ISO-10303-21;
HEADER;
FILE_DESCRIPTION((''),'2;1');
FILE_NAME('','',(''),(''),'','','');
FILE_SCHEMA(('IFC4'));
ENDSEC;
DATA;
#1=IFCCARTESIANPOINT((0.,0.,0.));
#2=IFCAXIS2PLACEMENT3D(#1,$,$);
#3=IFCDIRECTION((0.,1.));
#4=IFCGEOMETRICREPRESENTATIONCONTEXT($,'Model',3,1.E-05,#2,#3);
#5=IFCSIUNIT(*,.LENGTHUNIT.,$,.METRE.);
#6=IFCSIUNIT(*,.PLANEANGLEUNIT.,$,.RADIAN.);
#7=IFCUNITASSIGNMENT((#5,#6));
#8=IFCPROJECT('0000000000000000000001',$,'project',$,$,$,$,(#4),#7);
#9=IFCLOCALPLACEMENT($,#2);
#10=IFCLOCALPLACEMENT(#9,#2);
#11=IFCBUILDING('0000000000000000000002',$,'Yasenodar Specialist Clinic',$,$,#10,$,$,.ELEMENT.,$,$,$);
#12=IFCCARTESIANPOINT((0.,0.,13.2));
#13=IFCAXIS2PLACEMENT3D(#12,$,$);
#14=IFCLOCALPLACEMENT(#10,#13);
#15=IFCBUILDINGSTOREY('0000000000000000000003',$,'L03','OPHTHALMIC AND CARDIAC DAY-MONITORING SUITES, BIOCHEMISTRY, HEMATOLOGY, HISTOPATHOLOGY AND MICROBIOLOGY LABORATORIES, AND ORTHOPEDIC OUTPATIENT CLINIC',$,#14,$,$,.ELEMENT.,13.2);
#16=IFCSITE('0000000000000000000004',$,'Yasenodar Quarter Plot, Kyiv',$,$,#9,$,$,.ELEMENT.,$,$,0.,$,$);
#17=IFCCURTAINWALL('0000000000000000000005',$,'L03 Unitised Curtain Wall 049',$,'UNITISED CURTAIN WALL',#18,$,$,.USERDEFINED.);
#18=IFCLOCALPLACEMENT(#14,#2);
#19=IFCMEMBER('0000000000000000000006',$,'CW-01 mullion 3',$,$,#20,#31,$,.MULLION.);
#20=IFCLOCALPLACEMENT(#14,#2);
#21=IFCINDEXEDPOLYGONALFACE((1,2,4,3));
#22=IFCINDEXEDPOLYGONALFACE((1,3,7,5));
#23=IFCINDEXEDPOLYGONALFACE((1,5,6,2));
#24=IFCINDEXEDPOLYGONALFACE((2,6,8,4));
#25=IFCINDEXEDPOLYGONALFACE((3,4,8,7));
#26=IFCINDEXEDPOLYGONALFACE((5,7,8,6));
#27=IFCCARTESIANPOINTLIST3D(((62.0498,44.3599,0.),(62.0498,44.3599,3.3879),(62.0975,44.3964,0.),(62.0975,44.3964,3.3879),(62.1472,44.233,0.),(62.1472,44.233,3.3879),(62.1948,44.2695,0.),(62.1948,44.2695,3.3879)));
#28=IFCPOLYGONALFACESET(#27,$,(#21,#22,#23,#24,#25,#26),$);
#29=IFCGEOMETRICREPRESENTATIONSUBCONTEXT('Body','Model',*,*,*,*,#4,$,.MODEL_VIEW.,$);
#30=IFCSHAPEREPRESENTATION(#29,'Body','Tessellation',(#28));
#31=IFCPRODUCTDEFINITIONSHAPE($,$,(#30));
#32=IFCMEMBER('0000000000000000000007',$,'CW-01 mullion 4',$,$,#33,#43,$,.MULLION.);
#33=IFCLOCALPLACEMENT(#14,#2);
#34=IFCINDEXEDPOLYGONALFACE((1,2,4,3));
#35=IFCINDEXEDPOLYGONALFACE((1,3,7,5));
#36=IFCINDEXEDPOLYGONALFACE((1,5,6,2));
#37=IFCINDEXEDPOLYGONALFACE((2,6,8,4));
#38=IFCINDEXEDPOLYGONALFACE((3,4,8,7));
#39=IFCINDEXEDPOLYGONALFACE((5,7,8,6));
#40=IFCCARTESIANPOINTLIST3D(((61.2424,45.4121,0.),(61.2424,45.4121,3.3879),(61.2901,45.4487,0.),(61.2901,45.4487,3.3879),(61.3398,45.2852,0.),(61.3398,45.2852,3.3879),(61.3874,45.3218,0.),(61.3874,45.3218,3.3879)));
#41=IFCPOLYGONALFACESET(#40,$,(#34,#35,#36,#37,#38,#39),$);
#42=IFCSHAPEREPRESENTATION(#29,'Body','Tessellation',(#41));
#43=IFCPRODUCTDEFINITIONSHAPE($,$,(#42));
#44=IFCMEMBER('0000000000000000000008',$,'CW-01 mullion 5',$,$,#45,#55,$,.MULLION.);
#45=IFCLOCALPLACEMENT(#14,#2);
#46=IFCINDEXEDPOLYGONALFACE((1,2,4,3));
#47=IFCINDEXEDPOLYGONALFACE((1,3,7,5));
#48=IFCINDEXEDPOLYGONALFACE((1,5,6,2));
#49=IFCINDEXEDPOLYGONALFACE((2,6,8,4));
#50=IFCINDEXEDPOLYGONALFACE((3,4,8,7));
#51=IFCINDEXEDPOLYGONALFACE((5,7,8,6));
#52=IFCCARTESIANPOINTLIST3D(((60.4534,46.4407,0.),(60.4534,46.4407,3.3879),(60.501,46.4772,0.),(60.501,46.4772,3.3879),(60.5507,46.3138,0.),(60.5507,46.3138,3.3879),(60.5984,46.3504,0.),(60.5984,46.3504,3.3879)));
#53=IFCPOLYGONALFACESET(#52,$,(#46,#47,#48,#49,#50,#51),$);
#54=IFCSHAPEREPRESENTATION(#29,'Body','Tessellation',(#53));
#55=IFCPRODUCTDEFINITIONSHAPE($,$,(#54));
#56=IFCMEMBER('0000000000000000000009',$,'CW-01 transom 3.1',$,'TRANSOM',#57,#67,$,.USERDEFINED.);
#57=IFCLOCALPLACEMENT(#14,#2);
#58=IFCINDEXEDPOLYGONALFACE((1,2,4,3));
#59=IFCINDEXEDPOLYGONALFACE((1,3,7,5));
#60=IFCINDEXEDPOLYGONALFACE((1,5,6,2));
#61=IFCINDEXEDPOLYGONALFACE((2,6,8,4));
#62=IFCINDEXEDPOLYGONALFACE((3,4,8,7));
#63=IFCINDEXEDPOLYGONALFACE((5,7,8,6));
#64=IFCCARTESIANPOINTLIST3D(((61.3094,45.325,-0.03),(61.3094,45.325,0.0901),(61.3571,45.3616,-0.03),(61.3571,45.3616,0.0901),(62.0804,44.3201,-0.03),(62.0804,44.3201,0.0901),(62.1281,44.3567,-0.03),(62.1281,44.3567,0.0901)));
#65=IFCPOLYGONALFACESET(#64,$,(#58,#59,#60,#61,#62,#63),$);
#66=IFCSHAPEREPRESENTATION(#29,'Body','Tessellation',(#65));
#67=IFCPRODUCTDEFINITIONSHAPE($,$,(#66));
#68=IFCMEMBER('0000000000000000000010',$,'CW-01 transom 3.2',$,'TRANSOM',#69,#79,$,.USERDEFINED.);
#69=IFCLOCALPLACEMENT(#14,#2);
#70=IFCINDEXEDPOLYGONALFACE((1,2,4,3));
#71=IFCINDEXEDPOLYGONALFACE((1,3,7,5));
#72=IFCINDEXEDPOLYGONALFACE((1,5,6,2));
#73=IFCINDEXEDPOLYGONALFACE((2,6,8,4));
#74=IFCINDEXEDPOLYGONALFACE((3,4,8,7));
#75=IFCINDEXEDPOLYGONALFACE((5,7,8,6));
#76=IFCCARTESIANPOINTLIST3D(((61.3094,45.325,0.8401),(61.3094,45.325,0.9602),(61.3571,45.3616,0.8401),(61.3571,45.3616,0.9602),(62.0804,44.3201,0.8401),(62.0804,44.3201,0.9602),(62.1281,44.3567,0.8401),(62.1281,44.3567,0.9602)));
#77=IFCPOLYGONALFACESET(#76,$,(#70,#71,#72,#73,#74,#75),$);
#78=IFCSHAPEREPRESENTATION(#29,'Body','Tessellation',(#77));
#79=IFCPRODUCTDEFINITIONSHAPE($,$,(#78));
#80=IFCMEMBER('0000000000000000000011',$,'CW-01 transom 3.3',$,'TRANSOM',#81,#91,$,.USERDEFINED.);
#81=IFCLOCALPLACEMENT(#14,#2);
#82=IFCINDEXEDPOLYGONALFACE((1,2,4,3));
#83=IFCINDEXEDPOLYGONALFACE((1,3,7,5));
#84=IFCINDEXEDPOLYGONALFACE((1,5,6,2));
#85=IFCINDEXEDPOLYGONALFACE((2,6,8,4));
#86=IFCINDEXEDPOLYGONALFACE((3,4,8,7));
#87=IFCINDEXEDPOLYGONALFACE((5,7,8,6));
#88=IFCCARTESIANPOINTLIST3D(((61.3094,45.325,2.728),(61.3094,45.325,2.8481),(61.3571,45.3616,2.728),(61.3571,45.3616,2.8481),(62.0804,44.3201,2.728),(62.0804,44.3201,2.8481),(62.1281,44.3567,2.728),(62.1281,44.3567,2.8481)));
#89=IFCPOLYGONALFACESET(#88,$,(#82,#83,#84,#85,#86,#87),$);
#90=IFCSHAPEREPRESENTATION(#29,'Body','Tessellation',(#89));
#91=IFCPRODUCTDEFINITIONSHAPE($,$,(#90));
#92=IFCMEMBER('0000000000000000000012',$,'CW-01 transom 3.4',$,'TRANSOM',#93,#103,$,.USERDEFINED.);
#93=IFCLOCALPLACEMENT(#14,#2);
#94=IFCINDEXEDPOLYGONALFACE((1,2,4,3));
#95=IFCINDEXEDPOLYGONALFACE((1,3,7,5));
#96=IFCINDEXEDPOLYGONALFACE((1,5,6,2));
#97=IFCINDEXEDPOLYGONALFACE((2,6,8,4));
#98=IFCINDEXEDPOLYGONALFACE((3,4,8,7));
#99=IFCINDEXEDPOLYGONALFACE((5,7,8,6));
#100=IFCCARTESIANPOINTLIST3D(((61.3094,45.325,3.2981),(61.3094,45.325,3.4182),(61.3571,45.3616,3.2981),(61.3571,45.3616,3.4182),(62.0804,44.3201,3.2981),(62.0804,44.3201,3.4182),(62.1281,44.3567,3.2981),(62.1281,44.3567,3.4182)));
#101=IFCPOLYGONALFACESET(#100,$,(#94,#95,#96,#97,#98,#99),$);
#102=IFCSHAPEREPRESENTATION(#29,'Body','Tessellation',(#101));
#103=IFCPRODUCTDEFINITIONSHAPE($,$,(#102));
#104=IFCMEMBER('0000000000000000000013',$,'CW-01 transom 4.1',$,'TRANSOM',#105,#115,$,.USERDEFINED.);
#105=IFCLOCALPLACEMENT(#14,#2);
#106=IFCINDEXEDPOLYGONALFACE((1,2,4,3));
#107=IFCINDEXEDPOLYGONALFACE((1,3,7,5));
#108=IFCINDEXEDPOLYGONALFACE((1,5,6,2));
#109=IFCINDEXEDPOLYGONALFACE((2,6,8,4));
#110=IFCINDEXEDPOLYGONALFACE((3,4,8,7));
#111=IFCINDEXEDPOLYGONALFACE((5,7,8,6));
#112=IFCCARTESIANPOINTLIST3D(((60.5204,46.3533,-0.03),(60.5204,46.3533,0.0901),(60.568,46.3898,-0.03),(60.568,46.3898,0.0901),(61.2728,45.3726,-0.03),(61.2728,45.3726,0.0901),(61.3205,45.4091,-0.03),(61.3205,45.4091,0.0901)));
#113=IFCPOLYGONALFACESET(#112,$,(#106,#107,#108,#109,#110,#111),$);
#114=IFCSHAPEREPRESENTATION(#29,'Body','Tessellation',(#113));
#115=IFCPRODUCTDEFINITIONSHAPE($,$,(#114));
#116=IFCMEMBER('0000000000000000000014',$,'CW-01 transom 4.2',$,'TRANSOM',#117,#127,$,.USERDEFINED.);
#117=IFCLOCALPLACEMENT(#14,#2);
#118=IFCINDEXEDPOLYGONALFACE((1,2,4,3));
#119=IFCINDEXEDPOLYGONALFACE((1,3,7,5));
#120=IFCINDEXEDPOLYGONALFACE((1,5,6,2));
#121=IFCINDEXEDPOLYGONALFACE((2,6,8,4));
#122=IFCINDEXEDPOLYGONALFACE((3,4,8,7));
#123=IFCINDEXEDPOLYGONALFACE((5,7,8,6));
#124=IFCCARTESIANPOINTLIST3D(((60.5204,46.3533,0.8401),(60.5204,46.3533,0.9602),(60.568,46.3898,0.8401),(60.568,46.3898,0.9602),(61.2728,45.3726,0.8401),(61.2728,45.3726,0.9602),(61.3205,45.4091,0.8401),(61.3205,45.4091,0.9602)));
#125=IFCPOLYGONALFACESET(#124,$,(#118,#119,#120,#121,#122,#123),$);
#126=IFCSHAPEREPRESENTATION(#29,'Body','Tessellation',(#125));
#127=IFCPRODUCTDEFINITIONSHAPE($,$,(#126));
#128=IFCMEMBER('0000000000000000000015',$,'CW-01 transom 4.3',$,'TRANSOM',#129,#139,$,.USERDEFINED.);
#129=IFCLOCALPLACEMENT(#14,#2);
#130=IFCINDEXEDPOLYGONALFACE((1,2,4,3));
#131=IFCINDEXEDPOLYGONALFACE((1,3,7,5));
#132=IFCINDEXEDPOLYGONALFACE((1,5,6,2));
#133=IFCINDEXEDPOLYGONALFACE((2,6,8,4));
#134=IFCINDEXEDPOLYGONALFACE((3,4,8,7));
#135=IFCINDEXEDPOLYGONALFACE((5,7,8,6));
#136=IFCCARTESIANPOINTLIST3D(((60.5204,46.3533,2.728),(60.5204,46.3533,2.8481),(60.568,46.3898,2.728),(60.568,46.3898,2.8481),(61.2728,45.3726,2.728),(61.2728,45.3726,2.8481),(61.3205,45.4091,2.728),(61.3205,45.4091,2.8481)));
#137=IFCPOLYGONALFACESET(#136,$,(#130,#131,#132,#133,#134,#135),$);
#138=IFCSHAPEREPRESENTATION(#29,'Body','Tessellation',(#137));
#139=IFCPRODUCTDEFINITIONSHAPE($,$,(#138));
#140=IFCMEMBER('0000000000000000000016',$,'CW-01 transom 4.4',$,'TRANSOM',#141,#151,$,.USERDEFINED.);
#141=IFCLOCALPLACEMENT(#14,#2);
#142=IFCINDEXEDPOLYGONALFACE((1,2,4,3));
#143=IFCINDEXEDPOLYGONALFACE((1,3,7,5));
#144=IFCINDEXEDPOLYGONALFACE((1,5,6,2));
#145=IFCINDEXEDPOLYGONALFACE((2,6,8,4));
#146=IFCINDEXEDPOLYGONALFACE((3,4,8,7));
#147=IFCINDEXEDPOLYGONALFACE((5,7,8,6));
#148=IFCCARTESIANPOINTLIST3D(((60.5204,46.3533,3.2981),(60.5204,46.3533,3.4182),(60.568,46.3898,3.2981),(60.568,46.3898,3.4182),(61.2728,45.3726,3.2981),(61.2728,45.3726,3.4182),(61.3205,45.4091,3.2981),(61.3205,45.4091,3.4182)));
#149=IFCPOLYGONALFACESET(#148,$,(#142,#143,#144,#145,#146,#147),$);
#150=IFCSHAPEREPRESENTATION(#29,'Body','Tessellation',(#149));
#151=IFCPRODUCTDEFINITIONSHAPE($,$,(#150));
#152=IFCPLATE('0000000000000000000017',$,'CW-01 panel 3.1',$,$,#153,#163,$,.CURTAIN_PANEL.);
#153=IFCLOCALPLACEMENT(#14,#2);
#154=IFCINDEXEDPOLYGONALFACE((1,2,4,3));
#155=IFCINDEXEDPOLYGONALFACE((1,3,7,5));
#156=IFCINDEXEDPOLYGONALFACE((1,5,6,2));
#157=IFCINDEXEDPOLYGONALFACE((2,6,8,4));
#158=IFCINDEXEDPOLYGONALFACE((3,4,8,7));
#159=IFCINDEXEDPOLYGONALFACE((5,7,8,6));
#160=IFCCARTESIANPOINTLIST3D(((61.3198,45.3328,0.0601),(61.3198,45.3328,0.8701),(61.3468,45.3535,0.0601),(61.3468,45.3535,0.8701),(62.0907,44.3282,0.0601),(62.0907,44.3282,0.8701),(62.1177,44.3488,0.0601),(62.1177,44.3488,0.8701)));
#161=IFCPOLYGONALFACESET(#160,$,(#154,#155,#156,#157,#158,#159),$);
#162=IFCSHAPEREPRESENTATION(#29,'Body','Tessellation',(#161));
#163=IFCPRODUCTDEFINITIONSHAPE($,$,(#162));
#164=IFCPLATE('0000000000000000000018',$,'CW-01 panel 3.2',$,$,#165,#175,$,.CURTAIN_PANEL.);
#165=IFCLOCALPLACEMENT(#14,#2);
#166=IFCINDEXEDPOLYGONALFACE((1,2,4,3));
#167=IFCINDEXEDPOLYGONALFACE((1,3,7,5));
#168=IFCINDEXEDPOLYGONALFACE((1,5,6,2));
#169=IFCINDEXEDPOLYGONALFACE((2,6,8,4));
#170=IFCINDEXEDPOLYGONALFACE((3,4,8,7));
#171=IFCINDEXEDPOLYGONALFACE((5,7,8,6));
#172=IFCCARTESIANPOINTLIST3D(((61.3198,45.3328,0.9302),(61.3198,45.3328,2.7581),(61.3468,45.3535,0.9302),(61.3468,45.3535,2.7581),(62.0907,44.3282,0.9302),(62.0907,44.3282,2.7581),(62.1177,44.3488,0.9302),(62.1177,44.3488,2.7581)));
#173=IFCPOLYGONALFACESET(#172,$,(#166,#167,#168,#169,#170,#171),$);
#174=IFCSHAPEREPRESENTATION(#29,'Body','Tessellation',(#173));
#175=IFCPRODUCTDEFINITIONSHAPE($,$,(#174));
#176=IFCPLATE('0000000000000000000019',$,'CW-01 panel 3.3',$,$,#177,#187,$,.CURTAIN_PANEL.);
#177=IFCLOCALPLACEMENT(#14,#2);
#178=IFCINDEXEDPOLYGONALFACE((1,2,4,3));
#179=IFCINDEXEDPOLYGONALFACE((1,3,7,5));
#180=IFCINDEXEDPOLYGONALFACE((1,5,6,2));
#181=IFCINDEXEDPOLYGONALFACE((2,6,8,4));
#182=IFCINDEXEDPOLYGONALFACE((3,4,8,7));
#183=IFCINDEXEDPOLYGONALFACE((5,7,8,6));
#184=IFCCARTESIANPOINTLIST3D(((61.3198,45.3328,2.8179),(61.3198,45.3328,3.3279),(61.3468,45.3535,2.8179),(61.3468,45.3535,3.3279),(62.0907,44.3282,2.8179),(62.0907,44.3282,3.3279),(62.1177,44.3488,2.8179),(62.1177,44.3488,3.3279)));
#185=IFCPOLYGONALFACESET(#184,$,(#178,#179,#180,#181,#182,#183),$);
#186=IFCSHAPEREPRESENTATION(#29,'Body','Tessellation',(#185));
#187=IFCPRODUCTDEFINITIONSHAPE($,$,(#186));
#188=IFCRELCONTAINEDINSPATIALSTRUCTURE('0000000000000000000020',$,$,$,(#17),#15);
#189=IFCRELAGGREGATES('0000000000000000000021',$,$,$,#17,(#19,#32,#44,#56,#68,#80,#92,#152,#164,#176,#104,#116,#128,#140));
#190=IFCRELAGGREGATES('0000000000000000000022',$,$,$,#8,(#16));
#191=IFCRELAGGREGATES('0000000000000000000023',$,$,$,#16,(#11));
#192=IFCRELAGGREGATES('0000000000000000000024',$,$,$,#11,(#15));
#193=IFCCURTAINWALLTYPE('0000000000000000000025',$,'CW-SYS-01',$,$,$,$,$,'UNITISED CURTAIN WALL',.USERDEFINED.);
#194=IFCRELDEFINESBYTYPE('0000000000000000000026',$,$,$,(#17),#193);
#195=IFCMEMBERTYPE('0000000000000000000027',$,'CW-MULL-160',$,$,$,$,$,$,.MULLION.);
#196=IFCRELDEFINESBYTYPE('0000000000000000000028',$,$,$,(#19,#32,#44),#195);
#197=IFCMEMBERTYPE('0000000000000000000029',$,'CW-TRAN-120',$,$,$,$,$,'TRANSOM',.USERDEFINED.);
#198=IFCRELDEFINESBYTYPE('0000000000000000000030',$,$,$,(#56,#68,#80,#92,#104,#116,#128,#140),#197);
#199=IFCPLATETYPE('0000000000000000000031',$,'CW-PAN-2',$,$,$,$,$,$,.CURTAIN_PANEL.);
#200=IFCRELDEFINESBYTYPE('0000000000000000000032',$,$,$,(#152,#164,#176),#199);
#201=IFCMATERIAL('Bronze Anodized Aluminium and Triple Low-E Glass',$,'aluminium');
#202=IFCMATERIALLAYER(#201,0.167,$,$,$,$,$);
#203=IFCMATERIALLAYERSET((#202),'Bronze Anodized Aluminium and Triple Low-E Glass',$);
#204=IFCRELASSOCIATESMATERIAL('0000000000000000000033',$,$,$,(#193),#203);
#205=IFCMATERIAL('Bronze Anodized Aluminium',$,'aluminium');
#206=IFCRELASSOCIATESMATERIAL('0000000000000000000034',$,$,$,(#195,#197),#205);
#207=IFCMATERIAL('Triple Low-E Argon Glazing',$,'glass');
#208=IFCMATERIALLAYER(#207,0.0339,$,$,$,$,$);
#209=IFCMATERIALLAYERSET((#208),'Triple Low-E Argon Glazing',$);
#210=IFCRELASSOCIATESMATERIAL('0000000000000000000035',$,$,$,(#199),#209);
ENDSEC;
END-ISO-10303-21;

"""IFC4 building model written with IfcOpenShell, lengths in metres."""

from ifc_helpers import new_model, si_unit, direction, frame, origin, origin_2d, place, context, subcontext, project, spatial, rectangle, extrude, material, layer, layer_set, material_profile, profile_set, type_object, element, aggregate, save


model = new_model("IFC4")

# Units and contexts
model_context = context("Model", 3, precision=1e-05, world=origin(), true_north=direction((0.0, 1.0)))
body_context = subcontext(model_context, "Body", "Model", "MODEL_VIEW")
ifc_project = project(units=[si_unit("LENGTHUNIT", "METRE"), si_unit("PLANEANGLEUNIT", "RADIAN")], contexts=[model_context])

# Site, building, storey
site_placement = place(None, origin())
site = spatial("IfcSite", under=ifc_project, at=site_placement, Name="Yasenodar Quarter Plot, Kyiv", CompositionType="ELEMENT", RefElevation=0.0)
building_placement = place(site_placement, origin())
building = spatial("IfcBuilding", under=site, at=building_placement, Name="Yasenodar Specialist Clinic", CompositionType="ELEMENT")
storey_placement = place(building_placement, frame((0.0, 0.0, 13.2)))
storey = spatial("IfcBuildingStorey", under=building, at=storey_placement, Name="L03", Description="OPHTHALMIC AND CARDIAC DAY-MONITORING SUITES, BIOCHEMISTRY, HEMATOLOGY, HISTOPATHOLOGY AND MICROBIOLOGY LABORATORIES, AND ORTHOPEDIC OUTPATIENT CLINIC", CompositionType="ELEMENT", Elevation=13.2)

# Curtain wall, members, plates
ifc_material_1 = material(Name="Bronze Anodized Aluminium and Triple Low-E Glass", Category="aluminium")
ifc_layer_1 = layer(ifc_material_1, 0.167)
ifc_layer_set_1 = layer_set([ifc_layer_1], Name="Bronze Anodized Aluminium and Triple Low-E Glass")
curtain_wall_type = type_object("IfcCurtainWallType", Name="CW-SYS-01", ElementType="UNITISED CURTAIN WALL", PredefinedType="USERDEFINED", material=ifc_layer_set_1)
curtain_wall_placement = place(storey_placement, origin())
curtain_wall = element("IfcCurtainWall", 1, at=curtain_wall_placement, inside=storey, type_object=curtain_wall_type, Name="L03 Unitised Curtain Wall 049", ObjectType="UNITISED CURTAIN WALL", PredefinedType="USERDEFINED")
ifc_material_2 = material(Name="Bronze Anodized Aluminium", Category="aluminium")
ifc_material_profile_1 = material_profile(ifc_material_2, rectangle(XDim=0.0601, YDim=0.1599, at=origin_2d()), Name="CW-MULL 60x160")
ifc_profile_set_1 = profile_set([ifc_material_profile_1], Name="Bronze Anodized Aluminium")
member_type_1 = type_object("IfcMemberType", Name="CW-MULL-160", PredefinedType="MULLION", material=ifc_profile_set_1)
member_1_placement = place(storey_placement, frame((62.1223, 44.3147, 0.0), z_axis=(0.0, 0.0, 1.0), x_axis=(-0.793361, -0.608752, 0.0)))
member_1 = element("IfcMember", 2, at=member_1_placement, type_object=member_type_1, Name="CW-01 mullion 3", PredefinedType="MULLION", context=body_context, shape_type="SweptSolid", body=[
    extrude(rectangle(XDim=0.0601, YDim=0.1599, at=origin_2d()), origin(), (0.0, 0.0, 1.0), 3.3879),
])
member_2_placement = place(storey_placement, frame((61.3149, 45.3669, 0.0), z_axis=(0.0, 0.0, 1.0), x_axis=(-0.793361, -0.608752, 0.0)))
member_2 = element("IfcMember", 3, at=member_2_placement, type_object=member_type_1, Name="CW-01 mullion 4", PredefinedType="MULLION", context=body_context, shape_type="SweptSolid", body=[
    extrude(rectangle(XDim=0.0601, YDim=0.1599, at=origin_2d()), origin(), (0.0, 0.0, 1.0), 3.3879),
])
member_3_placement = place(storey_placement, frame((60.5259, 46.3955, 0.0), z_axis=(0.0, 0.0, 1.0), x_axis=(-0.793361, -0.608752, 0.0)))
member_3 = element("IfcMember", 4, at=member_3_placement, type_object=member_type_1, Name="CW-01 mullion 5", PredefinedType="MULLION", context=body_context, shape_type="SweptSolid", body=[
    extrude(rectangle(XDim=0.0601, YDim=0.1599, at=origin_2d()), origin(), (0.0, 0.0, 1.0), 3.3879),
])
ifc_material_profile_2 = material_profile(ifc_material_2, rectangle(XDim=0.0601, YDim=0.1201, at=origin_2d()), Name="CW-TRAN 60x120")
ifc_profile_set_2 = profile_set([ifc_material_profile_2], Name="Bronze Anodized Aluminium")
member_type_2 = type_object("IfcMemberType", Name="CW-TRAN-120", ElementType="TRANSOM", PredefinedType="USERDEFINED", material=ifc_profile_set_2)
member_4_placement = place(storey_placement, frame((62.1042, 44.3384, 0.03), z_axis=(-0.608723, 0.793383, 0.0), x_axis=(-0.793383, -0.608723, 0.0)))
member_4 = element("IfcMember", 5, at=member_4_placement, type_object=member_type_2, Name="CW-01 transom 3.1", ObjectType="TRANSOM", PredefinedType="USERDEFINED", context=body_context, shape_type="SweptSolid", body=[
    extrude(rectangle(XDim=0.0601, YDim=0.1201, at=origin_2d()), origin(), (0.0, 0.0, 1.0), 1.2666),
])
member_5_placement = place(storey_placement, frame((62.1042, 44.3384, 0.9001), z_axis=(-0.608723, 0.793383, 0.0), x_axis=(-0.793383, -0.608723, 0.0)))
member_5 = element("IfcMember", 6, at=member_5_placement, type_object=member_type_2, Name="CW-01 transom 3.2", ObjectType="TRANSOM", PredefinedType="USERDEFINED", context=body_context, shape_type="SweptSolid", body=[
    extrude(rectangle(XDim=0.0601, YDim=0.1201, at=origin_2d()), origin(), (0.0, 0.0, 1.0), 1.2666),
])
member_6_placement = place(storey_placement, frame((62.1042, 44.3384, 2.7881), z_axis=(-0.608723, 0.793383, 0.0), x_axis=(-0.793383, -0.608723, 0.0)))
member_6 = element("IfcMember", 7, at=member_6_placement, type_object=member_type_2, Name="CW-01 transom 3.3", ObjectType="TRANSOM", PredefinedType="USERDEFINED", context=body_context, shape_type="SweptSolid", body=[
    extrude(rectangle(XDim=0.0601, YDim=0.1201, at=origin_2d()), origin(), (0.0, 0.0, 1.0), 1.2666),
])
member_7_placement = place(storey_placement, frame((62.1042, 44.3384, 3.3582), z_axis=(-0.608723, 0.793383, 0.0), x_axis=(-0.793383, -0.608723, 0.0)))
member_7 = element("IfcMember", 8, at=member_7_placement, type_object=member_type_2, Name="CW-01 transom 3.4", ObjectType="TRANSOM", PredefinedType="USERDEFINED", context=body_context, shape_type="SweptSolid", body=[
    extrude(rectangle(XDim=0.0601, YDim=0.1201, at=origin_2d()), origin(), (0.0, 0.0, 1.0), 1.2666),
])
member_8_placement = place(storey_placement, frame((61.2966, 45.3909, 0.03), z_axis=(-0.608718, 0.793387, 0.0), x_axis=(-0.793387, -0.608718, 0.0)))
member_8 = element("IfcMember", 9, at=member_8_placement, type_object=member_type_2, Name="CW-01 transom 4.1", ObjectType="TRANSOM", PredefinedType="USERDEFINED", context=body_context, shape_type="SweptSolid", body=[
    extrude(rectangle(XDim=0.0601, YDim=0.1201, at=origin_2d()), origin(), (0.0, 0.0, 1.0), 1.2361),
])
member_9_placement = place(storey_placement, frame((61.2966, 45.3909, 0.9001), z_axis=(-0.608718, 0.793387, 0.0), x_axis=(-0.793387, -0.608718, 0.0)))
member_9 = element("IfcMember", 10, at=member_9_placement, type_object=member_type_2, Name="CW-01 transom 4.2", ObjectType="TRANSOM", PredefinedType="USERDEFINED", context=body_context, shape_type="SweptSolid", body=[
    extrude(rectangle(XDim=0.0601, YDim=0.1201, at=origin_2d()), origin(), (0.0, 0.0, 1.0), 1.2361),
])
member_10_placement = place(storey_placement, frame((61.2966, 45.3909, 2.7881), z_axis=(-0.608718, 0.793387, 0.0), x_axis=(-0.793387, -0.608718, 0.0)))
member_10 = element("IfcMember", 11, at=member_10_placement, type_object=member_type_2, Name="CW-01 transom 4.3", ObjectType="TRANSOM", PredefinedType="USERDEFINED", context=body_context, shape_type="SweptSolid", body=[
    extrude(rectangle(XDim=0.0601, YDim=0.1201, at=origin_2d()), origin(), (0.0, 0.0, 1.0), 1.2361),
])
member_11_placement = place(storey_placement, frame((61.2966, 45.3909, 3.3582), z_axis=(-0.608718, 0.793387, 0.0), x_axis=(-0.793387, -0.608718, 0.0)))
member_11 = element("IfcMember", 12, at=member_11_placement, type_object=member_type_2, Name="CW-01 transom 4.4", ObjectType="TRANSOM", PredefinedType="USERDEFINED", context=body_context, shape_type="SweptSolid", body=[
    extrude(rectangle(XDim=0.0601, YDim=0.1201, at=origin_2d()), origin(), (0.0, 0.0, 1.0), 1.2361),
])
ifc_material_3 = material(Name="Triple Low-E Argon Glazing", Category="glass")
ifc_layer_2 = layer(ifc_material_3, 0.0339)
ifc_layer_set_2 = layer_set([ifc_layer_2], Name="Triple Low-E Argon Glazing")
plate_type_1 = type_object("IfcPlateType", Name="CW-PAN-2", PredefinedType="CURTAIN_PANEL", material=ifc_layer_set_2)
plate_1_placement = place(storey_placement, frame((61.7188, 44.8408, 0.0601), z_axis=(0.0, 0.0, 1.0), x_axis=(-0.608752, 0.793361, 0.0)))
plate_1 = element("IfcPlate", 13, at=plate_1_placement, type_object=plate_type_1, Name="CW-01 panel 3.1", PredefinedType="CURTAIN_PANEL", context=body_context, shape_type="SweptSolid", body=[
    extrude(rectangle(XDim=1.2664, YDim=0.0339, at=origin_2d()), origin(), (0.0, 0.0, 1.0), 0.8101),
])
plate_2_placement = place(storey_placement, frame((61.7188, 44.8408, 0.9302), z_axis=(0.0, 0.0, 1.0), x_axis=(-0.608752, 0.793361, 0.0)))
plate_2 = element("IfcPlate", 14, at=plate_2_placement, type_object=plate_type_1, Name="CW-01 panel 3.2", PredefinedType="CURTAIN_PANEL", context=body_context, shape_type="SweptSolid", body=[
    extrude(rectangle(XDim=1.2664, YDim=0.0339, at=origin_2d()), origin(), (0.0, 0.0, 1.0), 1.8279),
])
plate_3_placement = place(storey_placement, frame((61.7188, 44.8408, 2.8179), z_axis=(0.0, 0.0, 1.0), x_axis=(-0.608752, 0.793361, 0.0)))
plate_3 = element("IfcPlate", 15, at=plate_3_placement, type_object=plate_type_1, Name="CW-01 panel 3.3", PredefinedType="CURTAIN_PANEL", context=body_context, shape_type="SweptSolid", body=[
    extrude(rectangle(XDim=1.2664, YDim=0.0339, at=origin_2d()), origin(), (0.0, 0.0, 1.0), 0.51),
])
aggregate(curtain_wall, [member_1, member_2, member_3, member_4, member_5, member_6, member_7, plate_1, plate_2, plate_3, member_8, member_9, member_10, member_11])

save(model, "model.ifc")
